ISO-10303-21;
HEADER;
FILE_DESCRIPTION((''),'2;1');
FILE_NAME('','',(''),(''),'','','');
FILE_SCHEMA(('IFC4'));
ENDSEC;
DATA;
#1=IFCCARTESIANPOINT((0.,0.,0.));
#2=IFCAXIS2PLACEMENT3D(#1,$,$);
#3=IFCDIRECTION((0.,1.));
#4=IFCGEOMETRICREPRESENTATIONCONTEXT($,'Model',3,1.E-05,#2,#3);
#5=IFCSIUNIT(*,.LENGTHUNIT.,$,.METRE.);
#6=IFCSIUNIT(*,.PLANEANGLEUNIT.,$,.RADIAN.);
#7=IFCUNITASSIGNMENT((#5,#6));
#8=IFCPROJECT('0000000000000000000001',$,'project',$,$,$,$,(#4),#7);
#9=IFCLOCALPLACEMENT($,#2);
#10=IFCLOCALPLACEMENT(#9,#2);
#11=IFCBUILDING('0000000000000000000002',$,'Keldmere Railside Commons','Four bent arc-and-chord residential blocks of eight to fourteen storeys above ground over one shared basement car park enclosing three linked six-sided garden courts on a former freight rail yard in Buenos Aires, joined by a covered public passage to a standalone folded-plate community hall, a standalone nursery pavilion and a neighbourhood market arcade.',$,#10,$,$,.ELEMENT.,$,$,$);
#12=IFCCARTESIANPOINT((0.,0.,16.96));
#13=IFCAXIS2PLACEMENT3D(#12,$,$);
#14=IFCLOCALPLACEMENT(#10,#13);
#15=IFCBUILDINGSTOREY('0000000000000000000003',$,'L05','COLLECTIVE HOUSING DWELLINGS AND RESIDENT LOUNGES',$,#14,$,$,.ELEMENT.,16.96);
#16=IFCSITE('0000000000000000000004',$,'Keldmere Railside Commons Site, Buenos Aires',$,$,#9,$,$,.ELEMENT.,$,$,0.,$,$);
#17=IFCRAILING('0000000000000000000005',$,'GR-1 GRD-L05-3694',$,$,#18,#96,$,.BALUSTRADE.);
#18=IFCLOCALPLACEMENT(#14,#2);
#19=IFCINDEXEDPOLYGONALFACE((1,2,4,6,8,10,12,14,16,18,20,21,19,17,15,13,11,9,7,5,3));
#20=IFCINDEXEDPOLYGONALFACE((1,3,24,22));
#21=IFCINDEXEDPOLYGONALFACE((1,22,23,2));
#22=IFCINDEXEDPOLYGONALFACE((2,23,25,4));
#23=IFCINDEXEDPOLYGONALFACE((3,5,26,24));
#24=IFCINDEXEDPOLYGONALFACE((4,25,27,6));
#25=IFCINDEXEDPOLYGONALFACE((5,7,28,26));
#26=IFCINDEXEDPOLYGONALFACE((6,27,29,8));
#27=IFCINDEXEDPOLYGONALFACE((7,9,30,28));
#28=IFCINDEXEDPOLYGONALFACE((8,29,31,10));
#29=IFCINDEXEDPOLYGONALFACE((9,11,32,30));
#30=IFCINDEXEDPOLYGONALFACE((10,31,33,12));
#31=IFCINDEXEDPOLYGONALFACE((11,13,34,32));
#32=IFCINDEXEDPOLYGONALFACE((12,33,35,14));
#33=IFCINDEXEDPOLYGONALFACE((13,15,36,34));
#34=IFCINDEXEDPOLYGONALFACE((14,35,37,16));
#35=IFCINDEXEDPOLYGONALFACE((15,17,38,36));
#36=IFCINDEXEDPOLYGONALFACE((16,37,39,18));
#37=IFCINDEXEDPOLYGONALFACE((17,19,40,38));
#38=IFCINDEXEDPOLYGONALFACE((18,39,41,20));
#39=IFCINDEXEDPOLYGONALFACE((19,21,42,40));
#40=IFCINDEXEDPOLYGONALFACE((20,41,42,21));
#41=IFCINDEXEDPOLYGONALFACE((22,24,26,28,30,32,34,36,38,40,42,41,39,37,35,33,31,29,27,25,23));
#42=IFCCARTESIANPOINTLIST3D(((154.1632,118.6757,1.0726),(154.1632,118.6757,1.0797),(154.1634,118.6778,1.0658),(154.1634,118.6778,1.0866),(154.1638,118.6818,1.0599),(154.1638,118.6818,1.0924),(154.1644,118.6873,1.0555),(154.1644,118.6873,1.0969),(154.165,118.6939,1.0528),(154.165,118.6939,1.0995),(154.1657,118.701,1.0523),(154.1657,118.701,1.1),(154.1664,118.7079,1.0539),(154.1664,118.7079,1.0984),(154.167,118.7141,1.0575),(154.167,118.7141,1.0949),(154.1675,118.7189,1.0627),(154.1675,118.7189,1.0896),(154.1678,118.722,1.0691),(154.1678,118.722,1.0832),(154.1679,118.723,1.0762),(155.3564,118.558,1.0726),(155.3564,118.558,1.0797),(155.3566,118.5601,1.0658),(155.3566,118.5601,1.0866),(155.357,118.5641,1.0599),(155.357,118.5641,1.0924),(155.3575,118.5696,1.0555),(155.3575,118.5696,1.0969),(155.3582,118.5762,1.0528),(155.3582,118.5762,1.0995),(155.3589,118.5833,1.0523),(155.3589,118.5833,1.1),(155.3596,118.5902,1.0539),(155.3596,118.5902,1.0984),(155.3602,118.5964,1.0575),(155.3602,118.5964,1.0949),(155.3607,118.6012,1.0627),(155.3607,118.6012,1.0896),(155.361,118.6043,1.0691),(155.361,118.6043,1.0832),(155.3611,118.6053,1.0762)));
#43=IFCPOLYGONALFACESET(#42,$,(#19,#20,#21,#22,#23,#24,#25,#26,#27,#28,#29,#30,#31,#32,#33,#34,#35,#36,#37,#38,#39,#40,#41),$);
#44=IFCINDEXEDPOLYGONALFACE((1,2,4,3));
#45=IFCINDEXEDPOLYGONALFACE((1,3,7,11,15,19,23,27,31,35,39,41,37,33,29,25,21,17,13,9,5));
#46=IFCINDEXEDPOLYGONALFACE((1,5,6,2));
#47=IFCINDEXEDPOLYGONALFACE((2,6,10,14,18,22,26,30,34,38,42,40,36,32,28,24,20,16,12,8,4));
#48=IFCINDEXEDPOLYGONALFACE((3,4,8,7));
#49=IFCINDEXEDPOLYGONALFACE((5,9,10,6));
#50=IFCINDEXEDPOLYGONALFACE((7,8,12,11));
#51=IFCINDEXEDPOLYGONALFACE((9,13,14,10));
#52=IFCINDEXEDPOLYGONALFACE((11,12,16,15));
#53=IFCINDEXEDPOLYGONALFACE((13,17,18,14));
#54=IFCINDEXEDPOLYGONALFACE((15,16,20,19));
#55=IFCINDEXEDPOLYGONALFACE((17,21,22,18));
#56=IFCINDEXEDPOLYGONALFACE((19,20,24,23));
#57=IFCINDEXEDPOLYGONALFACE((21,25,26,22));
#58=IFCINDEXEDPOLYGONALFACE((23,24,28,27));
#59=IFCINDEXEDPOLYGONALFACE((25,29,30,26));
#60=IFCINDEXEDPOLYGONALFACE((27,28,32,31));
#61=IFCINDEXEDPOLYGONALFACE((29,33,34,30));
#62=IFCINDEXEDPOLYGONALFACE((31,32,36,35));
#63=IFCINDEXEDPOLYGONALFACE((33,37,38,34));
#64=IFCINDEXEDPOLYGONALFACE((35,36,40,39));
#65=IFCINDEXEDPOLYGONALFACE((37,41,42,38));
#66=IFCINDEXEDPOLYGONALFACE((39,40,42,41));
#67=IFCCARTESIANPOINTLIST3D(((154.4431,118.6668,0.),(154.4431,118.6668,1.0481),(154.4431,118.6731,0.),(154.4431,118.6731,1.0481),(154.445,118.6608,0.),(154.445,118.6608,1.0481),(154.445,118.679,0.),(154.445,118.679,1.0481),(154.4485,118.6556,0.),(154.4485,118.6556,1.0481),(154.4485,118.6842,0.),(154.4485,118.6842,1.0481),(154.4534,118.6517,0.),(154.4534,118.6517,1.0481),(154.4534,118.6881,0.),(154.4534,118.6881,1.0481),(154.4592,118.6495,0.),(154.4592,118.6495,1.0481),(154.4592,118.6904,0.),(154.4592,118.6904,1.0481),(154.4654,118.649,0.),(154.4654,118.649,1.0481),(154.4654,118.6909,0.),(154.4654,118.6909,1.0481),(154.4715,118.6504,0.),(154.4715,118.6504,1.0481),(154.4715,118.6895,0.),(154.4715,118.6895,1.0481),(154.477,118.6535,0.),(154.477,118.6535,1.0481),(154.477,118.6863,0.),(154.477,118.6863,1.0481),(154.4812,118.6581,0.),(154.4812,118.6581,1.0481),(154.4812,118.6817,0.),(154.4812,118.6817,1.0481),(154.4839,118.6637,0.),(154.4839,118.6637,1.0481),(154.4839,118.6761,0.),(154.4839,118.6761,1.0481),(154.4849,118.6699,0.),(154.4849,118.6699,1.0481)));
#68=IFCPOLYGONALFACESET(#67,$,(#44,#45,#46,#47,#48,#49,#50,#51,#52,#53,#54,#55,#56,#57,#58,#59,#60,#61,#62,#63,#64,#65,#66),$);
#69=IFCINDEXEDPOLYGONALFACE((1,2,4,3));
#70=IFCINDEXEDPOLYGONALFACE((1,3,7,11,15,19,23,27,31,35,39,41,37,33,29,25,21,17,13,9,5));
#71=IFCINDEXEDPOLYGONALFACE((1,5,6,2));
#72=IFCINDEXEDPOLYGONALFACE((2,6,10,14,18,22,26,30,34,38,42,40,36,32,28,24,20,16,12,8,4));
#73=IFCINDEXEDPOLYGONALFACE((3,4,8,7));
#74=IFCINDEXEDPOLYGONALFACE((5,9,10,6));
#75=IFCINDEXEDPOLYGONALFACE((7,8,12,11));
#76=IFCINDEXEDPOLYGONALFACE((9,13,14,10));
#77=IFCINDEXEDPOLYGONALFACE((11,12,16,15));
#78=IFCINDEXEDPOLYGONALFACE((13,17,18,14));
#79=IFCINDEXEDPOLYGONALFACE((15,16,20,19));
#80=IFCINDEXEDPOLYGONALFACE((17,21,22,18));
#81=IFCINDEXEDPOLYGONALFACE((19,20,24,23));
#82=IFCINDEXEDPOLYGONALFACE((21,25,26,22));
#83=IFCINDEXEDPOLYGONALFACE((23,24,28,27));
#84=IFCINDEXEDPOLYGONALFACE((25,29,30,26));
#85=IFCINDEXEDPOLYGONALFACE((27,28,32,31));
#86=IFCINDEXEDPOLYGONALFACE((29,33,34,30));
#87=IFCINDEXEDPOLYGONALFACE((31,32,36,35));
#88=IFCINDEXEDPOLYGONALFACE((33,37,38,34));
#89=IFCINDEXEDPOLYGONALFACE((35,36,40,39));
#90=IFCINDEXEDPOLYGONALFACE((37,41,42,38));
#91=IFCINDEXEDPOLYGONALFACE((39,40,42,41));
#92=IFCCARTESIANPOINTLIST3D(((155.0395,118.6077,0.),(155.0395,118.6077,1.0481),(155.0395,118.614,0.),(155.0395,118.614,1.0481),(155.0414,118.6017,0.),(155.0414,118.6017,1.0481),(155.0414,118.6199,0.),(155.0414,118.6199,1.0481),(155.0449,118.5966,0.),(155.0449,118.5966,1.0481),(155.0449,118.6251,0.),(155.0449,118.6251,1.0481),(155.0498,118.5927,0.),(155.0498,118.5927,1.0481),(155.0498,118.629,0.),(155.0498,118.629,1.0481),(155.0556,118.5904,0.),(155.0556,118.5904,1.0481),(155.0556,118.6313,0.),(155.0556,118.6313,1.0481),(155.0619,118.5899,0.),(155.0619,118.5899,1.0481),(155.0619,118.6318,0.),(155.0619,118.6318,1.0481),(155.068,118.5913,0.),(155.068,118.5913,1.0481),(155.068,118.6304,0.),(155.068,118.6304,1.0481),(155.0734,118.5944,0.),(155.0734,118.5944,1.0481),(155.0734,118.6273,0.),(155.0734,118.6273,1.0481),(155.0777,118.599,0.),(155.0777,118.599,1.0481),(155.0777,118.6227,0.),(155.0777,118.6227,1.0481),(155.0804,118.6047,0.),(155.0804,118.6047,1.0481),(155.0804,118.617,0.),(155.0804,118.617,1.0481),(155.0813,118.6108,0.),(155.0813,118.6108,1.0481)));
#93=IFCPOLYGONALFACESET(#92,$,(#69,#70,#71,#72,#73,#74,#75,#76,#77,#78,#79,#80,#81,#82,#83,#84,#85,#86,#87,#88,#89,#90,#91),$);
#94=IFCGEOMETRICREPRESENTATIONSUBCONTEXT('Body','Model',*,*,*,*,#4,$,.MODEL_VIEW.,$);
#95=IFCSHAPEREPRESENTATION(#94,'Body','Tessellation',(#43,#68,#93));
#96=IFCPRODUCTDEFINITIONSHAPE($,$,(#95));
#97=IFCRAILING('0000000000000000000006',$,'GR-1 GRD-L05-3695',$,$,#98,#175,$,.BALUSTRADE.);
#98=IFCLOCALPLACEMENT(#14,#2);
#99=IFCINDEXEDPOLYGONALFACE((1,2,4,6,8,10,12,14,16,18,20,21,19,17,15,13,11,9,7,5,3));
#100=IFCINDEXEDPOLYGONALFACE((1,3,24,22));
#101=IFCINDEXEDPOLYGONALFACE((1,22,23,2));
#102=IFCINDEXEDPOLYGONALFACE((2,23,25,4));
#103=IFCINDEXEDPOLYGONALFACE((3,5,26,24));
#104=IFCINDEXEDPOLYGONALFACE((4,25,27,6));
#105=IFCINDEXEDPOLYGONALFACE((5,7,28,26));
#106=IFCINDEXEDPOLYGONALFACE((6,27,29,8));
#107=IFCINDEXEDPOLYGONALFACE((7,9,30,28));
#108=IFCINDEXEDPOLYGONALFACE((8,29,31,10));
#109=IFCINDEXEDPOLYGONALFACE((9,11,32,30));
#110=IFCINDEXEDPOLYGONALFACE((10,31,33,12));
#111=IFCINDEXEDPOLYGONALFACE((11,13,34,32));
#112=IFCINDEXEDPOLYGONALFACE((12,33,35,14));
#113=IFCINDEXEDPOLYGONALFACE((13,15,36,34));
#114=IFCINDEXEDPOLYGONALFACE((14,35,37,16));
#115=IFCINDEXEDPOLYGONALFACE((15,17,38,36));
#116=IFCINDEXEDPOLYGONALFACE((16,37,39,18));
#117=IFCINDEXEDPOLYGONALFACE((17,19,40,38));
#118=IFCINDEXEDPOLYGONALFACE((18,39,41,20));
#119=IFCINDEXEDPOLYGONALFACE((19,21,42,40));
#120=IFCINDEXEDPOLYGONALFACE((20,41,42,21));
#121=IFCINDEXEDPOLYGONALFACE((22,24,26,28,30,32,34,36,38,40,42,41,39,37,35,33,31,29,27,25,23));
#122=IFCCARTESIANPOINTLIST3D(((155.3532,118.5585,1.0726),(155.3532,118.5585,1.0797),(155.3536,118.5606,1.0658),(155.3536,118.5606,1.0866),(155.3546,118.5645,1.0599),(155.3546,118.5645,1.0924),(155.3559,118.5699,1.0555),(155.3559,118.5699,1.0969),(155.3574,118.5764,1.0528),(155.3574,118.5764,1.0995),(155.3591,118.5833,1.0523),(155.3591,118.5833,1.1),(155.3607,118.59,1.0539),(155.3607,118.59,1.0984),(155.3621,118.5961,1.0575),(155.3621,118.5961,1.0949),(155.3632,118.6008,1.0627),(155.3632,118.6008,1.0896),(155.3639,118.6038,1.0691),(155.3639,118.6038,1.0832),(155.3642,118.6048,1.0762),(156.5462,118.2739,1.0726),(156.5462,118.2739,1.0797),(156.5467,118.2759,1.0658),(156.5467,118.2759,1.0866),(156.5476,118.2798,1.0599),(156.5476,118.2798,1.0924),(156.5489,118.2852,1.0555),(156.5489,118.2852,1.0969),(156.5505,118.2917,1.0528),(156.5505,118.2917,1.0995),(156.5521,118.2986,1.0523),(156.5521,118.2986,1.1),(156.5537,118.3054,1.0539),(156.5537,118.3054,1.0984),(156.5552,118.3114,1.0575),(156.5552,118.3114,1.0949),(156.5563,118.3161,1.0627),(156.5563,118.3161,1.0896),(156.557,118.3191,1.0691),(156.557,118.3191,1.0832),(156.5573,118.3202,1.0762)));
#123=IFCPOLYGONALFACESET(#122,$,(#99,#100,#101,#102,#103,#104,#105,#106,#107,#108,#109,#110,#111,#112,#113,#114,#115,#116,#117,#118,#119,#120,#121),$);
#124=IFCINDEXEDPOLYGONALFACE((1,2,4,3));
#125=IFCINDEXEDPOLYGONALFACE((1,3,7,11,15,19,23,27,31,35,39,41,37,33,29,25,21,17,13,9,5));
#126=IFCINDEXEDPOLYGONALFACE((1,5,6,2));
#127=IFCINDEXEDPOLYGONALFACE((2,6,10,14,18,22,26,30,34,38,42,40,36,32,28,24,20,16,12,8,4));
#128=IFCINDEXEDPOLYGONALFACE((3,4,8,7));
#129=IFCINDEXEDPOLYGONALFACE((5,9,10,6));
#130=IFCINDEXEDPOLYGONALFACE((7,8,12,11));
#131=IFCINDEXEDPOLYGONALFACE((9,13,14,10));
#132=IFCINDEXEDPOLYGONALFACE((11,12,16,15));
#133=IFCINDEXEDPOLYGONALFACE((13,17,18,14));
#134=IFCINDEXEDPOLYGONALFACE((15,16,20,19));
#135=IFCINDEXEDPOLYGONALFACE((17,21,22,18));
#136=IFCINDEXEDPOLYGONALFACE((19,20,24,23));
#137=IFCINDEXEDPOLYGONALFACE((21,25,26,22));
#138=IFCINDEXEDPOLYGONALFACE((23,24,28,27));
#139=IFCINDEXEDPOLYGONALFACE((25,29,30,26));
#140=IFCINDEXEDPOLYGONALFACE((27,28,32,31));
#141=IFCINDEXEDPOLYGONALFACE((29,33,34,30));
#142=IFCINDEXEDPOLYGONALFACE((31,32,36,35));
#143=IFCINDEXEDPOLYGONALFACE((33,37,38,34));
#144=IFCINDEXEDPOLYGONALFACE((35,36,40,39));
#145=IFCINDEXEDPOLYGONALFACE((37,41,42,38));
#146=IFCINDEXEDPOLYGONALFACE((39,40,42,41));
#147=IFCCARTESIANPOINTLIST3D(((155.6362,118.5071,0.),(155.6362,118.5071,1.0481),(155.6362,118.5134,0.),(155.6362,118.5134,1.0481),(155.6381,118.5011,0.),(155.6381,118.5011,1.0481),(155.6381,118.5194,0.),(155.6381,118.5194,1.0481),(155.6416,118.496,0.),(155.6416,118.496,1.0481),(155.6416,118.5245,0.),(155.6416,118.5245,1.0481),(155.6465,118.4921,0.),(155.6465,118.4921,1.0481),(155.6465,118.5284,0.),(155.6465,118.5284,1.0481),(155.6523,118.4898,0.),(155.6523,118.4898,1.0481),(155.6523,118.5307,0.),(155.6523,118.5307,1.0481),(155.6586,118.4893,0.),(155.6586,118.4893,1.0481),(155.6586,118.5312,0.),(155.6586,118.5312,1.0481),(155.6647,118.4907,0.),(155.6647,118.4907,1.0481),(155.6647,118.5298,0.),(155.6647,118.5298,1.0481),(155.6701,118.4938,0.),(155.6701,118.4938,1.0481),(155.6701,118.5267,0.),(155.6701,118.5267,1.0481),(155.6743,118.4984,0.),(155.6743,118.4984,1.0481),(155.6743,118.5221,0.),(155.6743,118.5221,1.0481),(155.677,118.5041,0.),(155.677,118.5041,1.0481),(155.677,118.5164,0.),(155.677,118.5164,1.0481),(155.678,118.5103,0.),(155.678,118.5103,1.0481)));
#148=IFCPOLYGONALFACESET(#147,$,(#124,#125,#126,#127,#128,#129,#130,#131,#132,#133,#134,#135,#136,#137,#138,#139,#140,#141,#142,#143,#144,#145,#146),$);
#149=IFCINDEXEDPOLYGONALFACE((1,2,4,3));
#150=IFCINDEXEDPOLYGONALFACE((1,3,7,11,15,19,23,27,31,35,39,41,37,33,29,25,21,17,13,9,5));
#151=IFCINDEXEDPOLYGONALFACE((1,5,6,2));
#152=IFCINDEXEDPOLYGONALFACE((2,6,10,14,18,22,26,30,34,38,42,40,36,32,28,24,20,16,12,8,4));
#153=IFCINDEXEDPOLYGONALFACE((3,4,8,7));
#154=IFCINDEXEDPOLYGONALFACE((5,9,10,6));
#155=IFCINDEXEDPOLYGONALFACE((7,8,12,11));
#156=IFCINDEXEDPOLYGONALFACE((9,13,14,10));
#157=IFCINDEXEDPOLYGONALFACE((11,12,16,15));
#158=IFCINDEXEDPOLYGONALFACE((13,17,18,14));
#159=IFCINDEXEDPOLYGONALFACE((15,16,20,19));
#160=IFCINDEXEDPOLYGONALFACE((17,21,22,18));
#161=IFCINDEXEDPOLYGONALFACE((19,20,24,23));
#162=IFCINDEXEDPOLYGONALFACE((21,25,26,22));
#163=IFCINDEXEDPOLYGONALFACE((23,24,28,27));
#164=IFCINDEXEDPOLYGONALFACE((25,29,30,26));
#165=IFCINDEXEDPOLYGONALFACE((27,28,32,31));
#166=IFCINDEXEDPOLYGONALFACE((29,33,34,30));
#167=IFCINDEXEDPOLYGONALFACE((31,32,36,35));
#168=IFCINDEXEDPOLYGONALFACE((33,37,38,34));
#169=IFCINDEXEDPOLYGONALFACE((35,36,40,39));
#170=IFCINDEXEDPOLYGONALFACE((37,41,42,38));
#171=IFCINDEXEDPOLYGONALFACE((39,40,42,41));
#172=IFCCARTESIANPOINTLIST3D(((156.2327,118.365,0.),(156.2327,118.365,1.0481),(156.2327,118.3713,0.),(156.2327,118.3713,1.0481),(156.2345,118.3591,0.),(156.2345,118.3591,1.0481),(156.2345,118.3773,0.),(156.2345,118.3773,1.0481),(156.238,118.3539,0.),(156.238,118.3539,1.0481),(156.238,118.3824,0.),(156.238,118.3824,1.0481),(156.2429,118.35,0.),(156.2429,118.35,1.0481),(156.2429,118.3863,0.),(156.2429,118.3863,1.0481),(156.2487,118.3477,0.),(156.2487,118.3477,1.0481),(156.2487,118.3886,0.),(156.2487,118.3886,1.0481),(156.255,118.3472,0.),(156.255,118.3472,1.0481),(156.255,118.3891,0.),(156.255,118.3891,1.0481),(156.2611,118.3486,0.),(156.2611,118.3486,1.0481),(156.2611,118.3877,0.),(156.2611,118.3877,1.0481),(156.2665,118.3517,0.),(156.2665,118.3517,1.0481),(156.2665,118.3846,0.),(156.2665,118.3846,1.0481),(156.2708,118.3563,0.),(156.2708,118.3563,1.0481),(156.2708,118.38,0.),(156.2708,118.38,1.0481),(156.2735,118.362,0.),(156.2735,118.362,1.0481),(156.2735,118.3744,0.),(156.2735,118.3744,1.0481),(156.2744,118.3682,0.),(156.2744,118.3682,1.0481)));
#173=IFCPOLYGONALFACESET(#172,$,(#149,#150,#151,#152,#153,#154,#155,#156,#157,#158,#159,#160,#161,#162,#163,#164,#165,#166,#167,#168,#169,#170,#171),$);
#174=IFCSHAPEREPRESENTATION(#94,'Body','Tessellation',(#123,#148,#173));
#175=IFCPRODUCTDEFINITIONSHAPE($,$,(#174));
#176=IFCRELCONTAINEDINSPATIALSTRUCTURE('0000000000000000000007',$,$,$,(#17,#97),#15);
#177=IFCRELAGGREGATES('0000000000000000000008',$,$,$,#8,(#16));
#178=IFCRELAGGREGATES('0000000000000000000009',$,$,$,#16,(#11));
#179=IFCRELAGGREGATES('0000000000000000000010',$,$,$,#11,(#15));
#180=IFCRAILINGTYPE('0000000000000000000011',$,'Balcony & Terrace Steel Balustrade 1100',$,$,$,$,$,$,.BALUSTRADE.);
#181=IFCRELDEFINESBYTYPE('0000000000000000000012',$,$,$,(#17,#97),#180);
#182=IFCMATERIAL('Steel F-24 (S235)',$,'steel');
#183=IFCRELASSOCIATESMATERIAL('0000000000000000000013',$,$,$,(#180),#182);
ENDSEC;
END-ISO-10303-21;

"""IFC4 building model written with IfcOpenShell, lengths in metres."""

from ifc_helpers import new_model, si_unit, direction, frame, origin, origin_2d, place, context, subcontext, project, spatial, circle, extrude, material, type_object, element, save


model = new_model("IFC4")

# Units and contexts
model_context = context("Model", 3, precision=1e-05, world=origin(), true_north=direction((0.0, 1.0)))
body_context = subcontext(model_context, "Body", "Model", "MODEL_VIEW")
ifc_project = project(units=[si_unit("LENGTHUNIT", "METRE"), si_unit("PLANEANGLEUNIT", "RADIAN")], contexts=[model_context])

# Site, building, storey
site_placement = place(None, origin())
site = spatial("IfcSite", under=ifc_project, at=site_placement, Name="Keldmere Railside Commons Site, Buenos Aires", CompositionType="ELEMENT", RefElevation=0.0)
building_placement = place(site_placement, origin())
building = spatial("IfcBuilding", under=site, at=building_placement, Name="Keldmere Railside Commons", Description="Four bent arc-and-chord residential blocks of eight to fourteen storeys above ground over one shared basement car park enclosing three linked six-sided garden courts on a former freight rail yard in Buenos Aires, joined by a covered public passage to a standalone folded-plate community hall, a standalone nursery pavilion and a neighbourhood market arcade.", CompositionType="ELEMENT")
storey_placement = place(building_placement, frame((0.0, 0.0, 16.96)))
storey = spatial("IfcBuildingStorey", under=building, at=storey_placement, Name="L05", Description="COLLECTIVE HOUSING DWELLINGS AND RESIDENT LOUNGES", CompositionType="ELEMENT", Elevation=16.96)

# Railings
ifc_material_1 = material(Name="Steel F-24 (S235)", Category="steel")
railing_type = type_object("IfcRailingType", Name="Balcony & Terrace Steel Balustrade 1100", PredefinedType="BALUSTRADE", material=ifc_material_1)
railing_1_placement = place(storey_placement, frame((154.1655, 118.6992, 0.0)))
element("IfcRailing", 1, at=railing_1_placement, inside=storey, type_object=railing_type, Name="GR-1 GRD-L05-3694", PredefinedType="BALUSTRADE", context=body_context, shape_type="SweptSolid", body=[
    extrude(circle(Radius=0.0239, at=origin_2d()), frame((0.0, 0.0, 1.0762), z_axis=(0.995171, -0.098153, 0.0), x_axis=(0.098153, 0.995171, 0.0)), (0.0, 0.0, 1.0), 1.199),
    extrude(circle(Radius=0.021, at=origin_2d()), frame((0.2983, -0.0293, 0.0)), (0.0, 0.0, 1.0), 1.0481),
    extrude(circle(Radius=0.021, at=origin_2d()), frame((0.8948, -0.0884, 0.0)), (0.0, 0.0, 1.0), 1.0481),
])
railing_2_placement = place(storey_placement, frame((155.3586, 118.5815, 0.0)))
element("IfcRailing", 2, at=railing_2_placement, inside=storey, type_object=railing_type, Name="GR-1 GRD-L05-3695", PredefinedType="BALUSTRADE", context=body_context, shape_type="SweptSolid", body=[
    extrude(circle(Radius=0.0239, at=origin_2d()), frame((0.0, 0.0, 1.0762), z_axis=(0.972697, -0.232078, 0.0), x_axis=(0.232078, 0.972697, 0.0)), (0.0, 0.0, 1.0), 1.2266),
    extrude(circle(Radius=0.021, at=origin_2d()), frame((0.2983, -0.0713, 0.0)), (0.0, 0.0, 1.0), 1.0481),
    extrude(circle(Radius=0.021, at=origin_2d()), frame((0.8948, -0.2134, 0.0)), (0.0, 0.0, 1.0), 1.0481),
])

save(model, "model.ifc")
